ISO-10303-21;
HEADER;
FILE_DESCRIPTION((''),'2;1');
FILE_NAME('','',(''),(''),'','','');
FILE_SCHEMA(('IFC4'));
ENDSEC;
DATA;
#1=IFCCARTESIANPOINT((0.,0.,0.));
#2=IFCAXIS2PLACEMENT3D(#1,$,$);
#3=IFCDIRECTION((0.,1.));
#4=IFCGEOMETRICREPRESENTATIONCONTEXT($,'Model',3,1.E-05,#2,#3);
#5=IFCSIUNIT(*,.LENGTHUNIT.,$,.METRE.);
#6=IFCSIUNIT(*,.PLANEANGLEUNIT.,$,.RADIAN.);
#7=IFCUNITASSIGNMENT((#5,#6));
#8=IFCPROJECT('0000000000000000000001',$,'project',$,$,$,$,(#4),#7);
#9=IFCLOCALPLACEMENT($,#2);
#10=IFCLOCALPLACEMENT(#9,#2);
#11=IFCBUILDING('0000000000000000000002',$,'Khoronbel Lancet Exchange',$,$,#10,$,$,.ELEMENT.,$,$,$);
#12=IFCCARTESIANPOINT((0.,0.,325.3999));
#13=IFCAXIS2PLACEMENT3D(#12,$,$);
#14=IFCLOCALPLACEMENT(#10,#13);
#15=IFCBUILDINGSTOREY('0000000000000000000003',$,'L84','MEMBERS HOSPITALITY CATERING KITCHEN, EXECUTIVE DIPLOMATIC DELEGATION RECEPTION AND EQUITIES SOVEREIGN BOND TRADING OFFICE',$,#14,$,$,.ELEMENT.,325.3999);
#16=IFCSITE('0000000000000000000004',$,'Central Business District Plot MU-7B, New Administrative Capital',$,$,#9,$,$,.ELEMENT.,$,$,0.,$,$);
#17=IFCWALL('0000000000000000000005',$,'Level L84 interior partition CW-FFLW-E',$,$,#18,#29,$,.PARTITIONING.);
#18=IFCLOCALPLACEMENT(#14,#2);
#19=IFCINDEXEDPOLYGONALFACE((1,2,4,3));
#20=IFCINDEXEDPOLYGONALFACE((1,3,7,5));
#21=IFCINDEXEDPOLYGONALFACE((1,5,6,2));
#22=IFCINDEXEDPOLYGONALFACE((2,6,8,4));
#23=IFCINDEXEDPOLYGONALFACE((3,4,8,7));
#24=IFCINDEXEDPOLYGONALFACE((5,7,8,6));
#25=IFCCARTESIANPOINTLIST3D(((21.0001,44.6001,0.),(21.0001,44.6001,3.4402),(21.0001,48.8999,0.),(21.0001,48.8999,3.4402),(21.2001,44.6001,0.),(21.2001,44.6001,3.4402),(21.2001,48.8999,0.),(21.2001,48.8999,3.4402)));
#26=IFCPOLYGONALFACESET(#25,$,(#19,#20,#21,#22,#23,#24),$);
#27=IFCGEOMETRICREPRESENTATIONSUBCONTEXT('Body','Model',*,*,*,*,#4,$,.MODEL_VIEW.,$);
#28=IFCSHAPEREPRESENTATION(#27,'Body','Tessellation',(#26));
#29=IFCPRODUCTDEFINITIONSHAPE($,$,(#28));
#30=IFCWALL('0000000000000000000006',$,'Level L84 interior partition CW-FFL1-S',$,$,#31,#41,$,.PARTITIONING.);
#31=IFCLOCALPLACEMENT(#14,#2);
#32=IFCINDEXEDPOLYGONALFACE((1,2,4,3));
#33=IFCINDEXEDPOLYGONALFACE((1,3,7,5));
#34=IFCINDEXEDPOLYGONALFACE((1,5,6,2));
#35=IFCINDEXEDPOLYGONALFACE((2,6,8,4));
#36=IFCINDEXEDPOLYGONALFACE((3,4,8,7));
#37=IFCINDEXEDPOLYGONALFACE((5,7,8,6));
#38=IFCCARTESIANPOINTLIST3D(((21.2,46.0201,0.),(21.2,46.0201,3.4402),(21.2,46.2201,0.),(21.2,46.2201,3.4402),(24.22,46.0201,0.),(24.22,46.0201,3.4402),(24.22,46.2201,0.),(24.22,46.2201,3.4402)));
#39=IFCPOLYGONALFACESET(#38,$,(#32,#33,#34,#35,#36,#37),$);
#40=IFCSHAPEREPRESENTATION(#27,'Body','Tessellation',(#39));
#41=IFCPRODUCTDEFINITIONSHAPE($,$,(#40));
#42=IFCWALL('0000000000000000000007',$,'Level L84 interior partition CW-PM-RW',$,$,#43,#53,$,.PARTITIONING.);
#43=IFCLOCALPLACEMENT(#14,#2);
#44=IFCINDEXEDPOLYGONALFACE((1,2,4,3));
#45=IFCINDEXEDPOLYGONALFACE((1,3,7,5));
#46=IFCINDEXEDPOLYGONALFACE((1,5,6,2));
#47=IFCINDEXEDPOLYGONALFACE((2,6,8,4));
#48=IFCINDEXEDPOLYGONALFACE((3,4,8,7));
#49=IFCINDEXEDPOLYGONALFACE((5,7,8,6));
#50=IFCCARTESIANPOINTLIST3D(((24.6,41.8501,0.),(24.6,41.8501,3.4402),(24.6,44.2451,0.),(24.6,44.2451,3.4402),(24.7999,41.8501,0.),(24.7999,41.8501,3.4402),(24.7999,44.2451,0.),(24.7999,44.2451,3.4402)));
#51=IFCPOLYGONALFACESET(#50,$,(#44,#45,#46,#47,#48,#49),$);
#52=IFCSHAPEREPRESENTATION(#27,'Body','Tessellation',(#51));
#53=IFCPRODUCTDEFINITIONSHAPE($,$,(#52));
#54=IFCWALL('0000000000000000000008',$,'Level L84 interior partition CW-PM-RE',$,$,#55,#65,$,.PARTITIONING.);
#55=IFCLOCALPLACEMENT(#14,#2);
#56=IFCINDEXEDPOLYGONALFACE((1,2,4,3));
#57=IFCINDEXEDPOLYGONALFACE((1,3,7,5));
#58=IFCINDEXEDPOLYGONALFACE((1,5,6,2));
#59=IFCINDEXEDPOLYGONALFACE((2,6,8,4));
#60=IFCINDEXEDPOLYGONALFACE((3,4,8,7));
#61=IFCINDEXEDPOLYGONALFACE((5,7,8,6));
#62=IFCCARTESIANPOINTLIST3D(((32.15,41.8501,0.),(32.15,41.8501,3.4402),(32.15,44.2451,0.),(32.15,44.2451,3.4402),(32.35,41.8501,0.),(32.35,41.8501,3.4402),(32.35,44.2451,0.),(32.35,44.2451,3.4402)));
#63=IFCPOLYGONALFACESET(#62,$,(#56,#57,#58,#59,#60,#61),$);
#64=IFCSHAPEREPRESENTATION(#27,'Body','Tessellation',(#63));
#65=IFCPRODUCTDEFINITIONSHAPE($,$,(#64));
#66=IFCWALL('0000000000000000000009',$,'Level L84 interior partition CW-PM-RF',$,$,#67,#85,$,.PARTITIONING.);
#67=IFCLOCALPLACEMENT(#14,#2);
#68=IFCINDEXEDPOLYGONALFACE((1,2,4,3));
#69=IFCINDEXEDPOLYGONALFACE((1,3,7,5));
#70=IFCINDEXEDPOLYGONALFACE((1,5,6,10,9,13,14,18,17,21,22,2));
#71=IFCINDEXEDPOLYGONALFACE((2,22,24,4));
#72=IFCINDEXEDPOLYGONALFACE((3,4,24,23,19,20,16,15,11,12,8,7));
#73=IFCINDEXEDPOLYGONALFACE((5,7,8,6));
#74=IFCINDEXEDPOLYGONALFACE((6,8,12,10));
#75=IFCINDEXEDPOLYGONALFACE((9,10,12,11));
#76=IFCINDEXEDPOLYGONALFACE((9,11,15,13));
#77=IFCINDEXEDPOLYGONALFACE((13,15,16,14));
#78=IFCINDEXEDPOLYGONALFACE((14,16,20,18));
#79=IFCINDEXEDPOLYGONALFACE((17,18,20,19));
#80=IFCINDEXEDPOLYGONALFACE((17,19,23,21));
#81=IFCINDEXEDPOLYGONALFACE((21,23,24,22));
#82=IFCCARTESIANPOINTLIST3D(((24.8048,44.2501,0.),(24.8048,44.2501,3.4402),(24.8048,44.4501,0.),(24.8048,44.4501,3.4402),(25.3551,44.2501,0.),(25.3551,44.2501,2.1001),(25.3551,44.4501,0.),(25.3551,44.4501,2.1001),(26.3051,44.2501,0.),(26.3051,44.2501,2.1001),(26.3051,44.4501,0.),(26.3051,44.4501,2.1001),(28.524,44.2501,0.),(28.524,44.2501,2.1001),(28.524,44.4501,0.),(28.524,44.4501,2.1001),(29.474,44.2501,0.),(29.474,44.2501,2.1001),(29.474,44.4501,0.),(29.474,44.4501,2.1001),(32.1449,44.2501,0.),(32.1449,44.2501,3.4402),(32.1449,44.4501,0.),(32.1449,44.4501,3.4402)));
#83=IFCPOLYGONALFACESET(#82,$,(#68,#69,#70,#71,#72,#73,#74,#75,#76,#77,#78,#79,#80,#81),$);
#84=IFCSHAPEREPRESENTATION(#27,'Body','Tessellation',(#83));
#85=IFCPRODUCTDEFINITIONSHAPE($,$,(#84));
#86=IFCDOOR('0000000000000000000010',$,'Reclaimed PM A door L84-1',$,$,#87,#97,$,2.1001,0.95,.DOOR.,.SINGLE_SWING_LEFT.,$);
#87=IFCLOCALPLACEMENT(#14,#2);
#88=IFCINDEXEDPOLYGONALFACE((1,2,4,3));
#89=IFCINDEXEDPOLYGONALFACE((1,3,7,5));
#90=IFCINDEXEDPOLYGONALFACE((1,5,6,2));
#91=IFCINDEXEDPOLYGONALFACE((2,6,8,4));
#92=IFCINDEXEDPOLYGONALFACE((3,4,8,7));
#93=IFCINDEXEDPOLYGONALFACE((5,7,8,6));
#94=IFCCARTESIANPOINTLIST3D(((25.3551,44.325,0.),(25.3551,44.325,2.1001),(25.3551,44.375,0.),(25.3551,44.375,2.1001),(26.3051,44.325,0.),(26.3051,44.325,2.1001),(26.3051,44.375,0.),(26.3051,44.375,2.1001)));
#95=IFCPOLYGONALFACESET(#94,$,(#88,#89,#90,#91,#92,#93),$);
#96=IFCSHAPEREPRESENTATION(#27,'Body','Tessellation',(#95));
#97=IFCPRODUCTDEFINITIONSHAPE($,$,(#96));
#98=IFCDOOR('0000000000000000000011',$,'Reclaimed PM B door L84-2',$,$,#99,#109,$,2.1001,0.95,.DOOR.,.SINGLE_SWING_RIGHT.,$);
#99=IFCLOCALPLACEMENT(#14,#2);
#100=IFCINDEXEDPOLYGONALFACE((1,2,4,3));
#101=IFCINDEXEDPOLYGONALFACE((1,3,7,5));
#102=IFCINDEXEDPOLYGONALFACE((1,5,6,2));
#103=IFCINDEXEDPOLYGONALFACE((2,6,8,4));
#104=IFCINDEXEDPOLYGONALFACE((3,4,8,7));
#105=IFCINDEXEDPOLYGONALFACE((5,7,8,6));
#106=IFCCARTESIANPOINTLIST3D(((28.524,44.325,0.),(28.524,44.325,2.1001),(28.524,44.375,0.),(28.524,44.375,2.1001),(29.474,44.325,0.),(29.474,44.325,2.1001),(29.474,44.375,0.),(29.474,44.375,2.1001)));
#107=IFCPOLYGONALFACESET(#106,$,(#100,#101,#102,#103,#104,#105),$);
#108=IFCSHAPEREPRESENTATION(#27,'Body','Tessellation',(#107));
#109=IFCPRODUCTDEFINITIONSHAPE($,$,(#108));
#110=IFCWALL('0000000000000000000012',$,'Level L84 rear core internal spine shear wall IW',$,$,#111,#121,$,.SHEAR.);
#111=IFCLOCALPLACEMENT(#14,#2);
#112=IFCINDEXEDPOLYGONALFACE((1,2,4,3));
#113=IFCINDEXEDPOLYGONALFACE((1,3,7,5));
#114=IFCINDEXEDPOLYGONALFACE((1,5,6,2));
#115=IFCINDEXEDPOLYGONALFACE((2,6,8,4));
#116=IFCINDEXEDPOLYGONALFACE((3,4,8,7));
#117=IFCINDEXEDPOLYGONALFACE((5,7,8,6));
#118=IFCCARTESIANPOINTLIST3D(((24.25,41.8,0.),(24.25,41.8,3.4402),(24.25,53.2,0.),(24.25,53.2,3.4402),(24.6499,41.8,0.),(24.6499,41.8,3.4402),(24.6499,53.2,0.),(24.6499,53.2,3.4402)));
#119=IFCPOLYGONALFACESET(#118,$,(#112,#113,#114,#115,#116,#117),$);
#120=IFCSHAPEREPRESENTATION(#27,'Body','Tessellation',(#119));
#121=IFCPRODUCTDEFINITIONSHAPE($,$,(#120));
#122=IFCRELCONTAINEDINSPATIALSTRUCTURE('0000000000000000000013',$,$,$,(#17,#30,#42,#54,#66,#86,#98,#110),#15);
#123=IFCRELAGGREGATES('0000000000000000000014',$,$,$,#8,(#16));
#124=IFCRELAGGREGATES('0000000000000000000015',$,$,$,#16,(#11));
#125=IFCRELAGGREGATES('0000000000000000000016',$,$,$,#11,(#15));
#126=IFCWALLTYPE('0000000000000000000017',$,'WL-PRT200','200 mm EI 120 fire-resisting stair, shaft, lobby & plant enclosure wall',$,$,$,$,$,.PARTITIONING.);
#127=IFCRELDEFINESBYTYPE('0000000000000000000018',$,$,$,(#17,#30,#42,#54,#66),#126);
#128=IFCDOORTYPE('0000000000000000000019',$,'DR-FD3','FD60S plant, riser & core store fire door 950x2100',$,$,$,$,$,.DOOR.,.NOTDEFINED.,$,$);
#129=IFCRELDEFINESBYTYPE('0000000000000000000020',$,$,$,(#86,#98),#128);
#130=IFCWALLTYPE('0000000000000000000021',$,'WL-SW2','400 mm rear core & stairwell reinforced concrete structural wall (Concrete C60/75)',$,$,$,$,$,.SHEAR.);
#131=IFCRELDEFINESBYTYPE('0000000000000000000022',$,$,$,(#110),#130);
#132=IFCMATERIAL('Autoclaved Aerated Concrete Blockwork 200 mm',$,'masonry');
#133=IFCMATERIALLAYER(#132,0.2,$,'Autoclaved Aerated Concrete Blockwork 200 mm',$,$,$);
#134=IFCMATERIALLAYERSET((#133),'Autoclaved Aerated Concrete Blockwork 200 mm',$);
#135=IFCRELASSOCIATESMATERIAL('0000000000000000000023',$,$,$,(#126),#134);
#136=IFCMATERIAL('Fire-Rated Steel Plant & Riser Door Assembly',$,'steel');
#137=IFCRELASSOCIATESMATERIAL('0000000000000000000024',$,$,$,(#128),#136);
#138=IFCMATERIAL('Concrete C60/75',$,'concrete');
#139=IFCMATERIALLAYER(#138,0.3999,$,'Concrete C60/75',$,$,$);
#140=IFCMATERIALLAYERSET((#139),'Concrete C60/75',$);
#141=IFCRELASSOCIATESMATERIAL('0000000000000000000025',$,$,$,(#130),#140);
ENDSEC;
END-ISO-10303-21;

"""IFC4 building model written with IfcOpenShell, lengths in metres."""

from ifc_helpers import new_model, si_unit, direction, frame, frame_2d, origin, place, context, subcontext, project, spatial, rectangle, extrude, material, layer, layer_set, type_object, element, fill, save


model = new_model("IFC4")

# Units and contexts
model_context = context("Model", 3, precision=1e-05, world=origin(), true_north=direction((0.0, 1.0)))
body_context = subcontext(model_context, "Body", "Model", "MODEL_VIEW")
ifc_project = project(units=[si_unit("LENGTHUNIT", "METRE"), si_unit("PLANEANGLEUNIT", "RADIAN")], contexts=[model_context])

# Site, building, storey
site_placement = place(None, origin())
site = spatial("IfcSite", under=ifc_project, at=site_placement, Name="Central Business District Plot MU-7B, New Administrative Capital", CompositionType="ELEMENT", RefElevation=0.0)
building_placement = place(site_placement, origin())
building = spatial("IfcBuilding", under=site, at=building_placement, Name="Khoronbel Lancet Exchange", CompositionType="ELEMENT")
storey_placement = place(building_placement, frame((0.0, 0.0, 325.3999)))
storey = spatial("IfcBuildingStorey", under=building, at=storey_placement, Name="L84", Description="MEMBERS HOSPITALITY CATERING KITCHEN, EXECUTIVE DIPLOMATIC DELEGATION RECEPTION AND EQUITIES SOVEREIGN BOND TRADING OFFICE", CompositionType="ELEMENT", Elevation=325.3999)

# Shared definitions
ifc_material_1 = material(Name="Concrete C60/75", Category="concrete")

# Shared definitions
ifc_material_2 = material(Name="Autoclaved Aerated Concrete Blockwork 200 mm", Category="masonry")
ifc_layer_1 = layer(ifc_material_2, 0.2, Name="Autoclaved Aerated Concrete Blockwork 200 mm")
ifc_layer_set_1 = layer_set([ifc_layer_1], Name="Autoclaved Aerated Concrete Blockwork 200 mm")
wall_type_1 = type_object("IfcWallType", Name="WL-PRT200", Description="200 mm EI 120 fire-resisting stair, shaft, lobby & plant enclosure wall", PredefinedType="PARTITIONING", material=ifc_layer_set_1)

# Walls
wall_1_placement = place(storey_placement, frame((21.1001, 44.6001, 0.0), z_axis=(0.0, 0.0, 1.0), x_axis=(0.0, 1.0, 0.0)))
element("IfcWall", 1, at=wall_1_placement, inside=storey, type_object=wall_type_1, Name="Level L84 interior partition CW-FFLW-E", PredefinedType="PARTITIONING", context=body_context, shape_type="SweptSolid", body=[
    extrude(rectangle(XDim=4.2998, YDim=0.2, at=frame_2d((2.1499, 0.0))), origin(), (0.0, 0.0, 1.0), 3.4402),
])
wall_2_placement = place(storey_placement, frame((21.2, 46.1201, 0.0), z_axis=(0.0, 0.0, 1.0), x_axis=(1.0, 0.0, 0.0)))
element("IfcWall", 2, at=wall_2_placement, inside=storey, type_object=wall_type_1, Name="Level L84 interior partition CW-FFL1-S", PredefinedType="PARTITIONING", context=body_context, shape_type="SweptSolid", body=[
    extrude(rectangle(XDim=3.02, YDim=0.2, at=frame_2d((1.51, 0.0))), origin(), (0.0, 0.0, 1.0), 3.4402),
])

# Walls
for number, where, z_axis, x_axis, name in (
    (3, (24.7, 41.8501, 0.0), (0.0, 0.0, 1.0), (0.0, 1.0, 0.0), "Level L84 interior partition CW-PM-RW"),
    (4, (32.25, 41.8501, 0.0), (0.0, 0.0, 1.0), (0.0, 1.0, 0.0), "Level L84 interior partition CW-PM-RE"),
):
    element("IfcWall", number, at=place(storey_placement, frame(where, z_axis=z_axis, x_axis=x_axis)), inside=storey, type_object=wall_type_1, Name=name, PredefinedType="PARTITIONING", context=body_context, shape_type="SweptSolid", body=[
        extrude(rectangle(XDim=2.395, YDim=0.2, at=frame_2d((1.1975, 0.0))), origin(), (0.0, 0.0, 1.0), 3.4402),
    ])

# Wall, openings, doors
wall_3_placement = place(storey_placement, frame((24.8049, 44.3501, 0.0), z_axis=(0.0, 0.0, 1.0), x_axis=(1.0, 0.0, 0.0)))
wall_3 = element("IfcWall", 5, at=wall_3_placement, inside=storey, type_object=wall_type_1, Name="Level L84 interior partition CW-PM-RF", PredefinedType="PARTITIONING", context=body_context, shape_type="SweptSolid", body=[
    extrude(rectangle(XDim=7.3401, YDim=0.2, at=frame_2d((3.6699, 0.0))), origin(), (0.0, 0.0, 1.0), 3.4402),
])
opening_1_placement = place(wall_3_placement, frame((0.55, 0.0, 0.0)))
opening_1 = element("IfcOpeningElement", 6, at=opening_1_placement, cuts=wall_3, PredefinedType="OPENING", context=body_context, shape_type="SweptSolid", body=[
    extrude(rectangle(XDim=0.95, YDim=2.1001, at=frame_2d((0.4751, 1.05))), frame((0.0, 0.1099, 0.0), z_axis=(0.0, -1.0, 0.0), x_axis=(1.0, 0.0, 0.0)), (0.0, 0.0, 1.0), 0.22),
])
opening_2_placement = place(wall_3_placement, frame((3.719, 0.0, 0.0)))
opening_2 = element("IfcOpeningElement", 7, at=opening_2_placement, cuts=wall_3, PredefinedType="OPENING", context=body_context, shape_type="SweptSolid", body=[
    extrude(rectangle(XDim=0.95, YDim=2.1001, at=frame_2d((0.4751, 1.05))), frame((0.0, 0.1099, 0.0), z_axis=(0.0, -1.0, 0.0), x_axis=(1.0, 0.0, 0.0)), (0.0, 0.0, 1.0), 0.22),
])
ifc_material_3 = material(Name="Fire-Rated Steel Plant & Riser Door Assembly", Category="steel")
door_type_1 = type_object("IfcDoorType", Name="DR-FD3", Description="FD60S plant, riser & core store fire door 950x2100", OperationType="NOTDEFINED", PredefinedType="DOOR", material=ifc_material_3)
door_1_placement = place(opening_1_placement, origin())
door_1 = element("IfcDoor", 8, at=door_1_placement, inside=storey, type_object=door_type_1, Name="Reclaimed PM A door L84-1", OperationType="SINGLE_SWING_LEFT", OverallHeight=2.1001, OverallWidth=0.95, PredefinedType="DOOR", context=body_context, shape_type="SweptSolid", body=[
    extrude(rectangle(XDim=0.95, YDim=2.1001, at=frame_2d((0.4751, 1.05))), frame((0.0, 0.0249, 0.0), z_axis=(0.0, -1.0, 0.0), x_axis=(1.0, 0.0, 0.0)), (0.0, 0.0, 1.0), 0.05),
])
fill(opening_1, door_1)
door_2_placement = place(opening_2_placement, origin())
door_2 = element("IfcDoor", 9, at=door_2_placement, inside=storey, type_object=door_type_1, Name="Reclaimed PM B door L84-2", OperationType="SINGLE_SWING_RIGHT", OverallHeight=2.1001, OverallWidth=0.95, PredefinedType="DOOR", context=body_context, shape_type="SweptSolid", body=[
    extrude(rectangle(XDim=0.95, YDim=2.1001, at=frame_2d((0.4751, 1.05))), frame((0.0, 0.0249, 0.0), z_axis=(0.0, -1.0, 0.0), x_axis=(1.0, 0.0, 0.0)), (0.0, 0.0, 1.0), 0.05),
])
fill(opening_2, door_2)

# Wall
ifc_layer_2 = layer(ifc_material_1, 0.3999, Name="Concrete C60/75")
ifc_layer_set_2 = layer_set([ifc_layer_2], Name="Concrete C60/75")
wall_type_2 = type_object("IfcWallType", Name="WL-SW2", Description="400 mm rear core & stairwell reinforced concrete structural wall (Concrete C60/75)", PredefinedType="SHEAR", material=ifc_layer_set_2)
wall_4_placement = place(storey_placement, frame((24.45, 41.8, 0.0), z_axis=(0.0, 0.0, 1.0), x_axis=(0.0, 1.0, 0.0)))
element("IfcWall", 10, at=wall_4_placement, inside=storey, type_object=wall_type_2, Name="Level L84 rear core internal spine shear wall IW", PredefinedType="SHEAR", context=body_context, shape_type="SweptSolid", body=[
    extrude(rectangle(XDim=11.3999, YDim=0.3999, at=frame_2d((5.7, 0.0))), origin(), (0.0, 0.0, 1.0), 3.4402),
])

save(model, "model.ifc")
